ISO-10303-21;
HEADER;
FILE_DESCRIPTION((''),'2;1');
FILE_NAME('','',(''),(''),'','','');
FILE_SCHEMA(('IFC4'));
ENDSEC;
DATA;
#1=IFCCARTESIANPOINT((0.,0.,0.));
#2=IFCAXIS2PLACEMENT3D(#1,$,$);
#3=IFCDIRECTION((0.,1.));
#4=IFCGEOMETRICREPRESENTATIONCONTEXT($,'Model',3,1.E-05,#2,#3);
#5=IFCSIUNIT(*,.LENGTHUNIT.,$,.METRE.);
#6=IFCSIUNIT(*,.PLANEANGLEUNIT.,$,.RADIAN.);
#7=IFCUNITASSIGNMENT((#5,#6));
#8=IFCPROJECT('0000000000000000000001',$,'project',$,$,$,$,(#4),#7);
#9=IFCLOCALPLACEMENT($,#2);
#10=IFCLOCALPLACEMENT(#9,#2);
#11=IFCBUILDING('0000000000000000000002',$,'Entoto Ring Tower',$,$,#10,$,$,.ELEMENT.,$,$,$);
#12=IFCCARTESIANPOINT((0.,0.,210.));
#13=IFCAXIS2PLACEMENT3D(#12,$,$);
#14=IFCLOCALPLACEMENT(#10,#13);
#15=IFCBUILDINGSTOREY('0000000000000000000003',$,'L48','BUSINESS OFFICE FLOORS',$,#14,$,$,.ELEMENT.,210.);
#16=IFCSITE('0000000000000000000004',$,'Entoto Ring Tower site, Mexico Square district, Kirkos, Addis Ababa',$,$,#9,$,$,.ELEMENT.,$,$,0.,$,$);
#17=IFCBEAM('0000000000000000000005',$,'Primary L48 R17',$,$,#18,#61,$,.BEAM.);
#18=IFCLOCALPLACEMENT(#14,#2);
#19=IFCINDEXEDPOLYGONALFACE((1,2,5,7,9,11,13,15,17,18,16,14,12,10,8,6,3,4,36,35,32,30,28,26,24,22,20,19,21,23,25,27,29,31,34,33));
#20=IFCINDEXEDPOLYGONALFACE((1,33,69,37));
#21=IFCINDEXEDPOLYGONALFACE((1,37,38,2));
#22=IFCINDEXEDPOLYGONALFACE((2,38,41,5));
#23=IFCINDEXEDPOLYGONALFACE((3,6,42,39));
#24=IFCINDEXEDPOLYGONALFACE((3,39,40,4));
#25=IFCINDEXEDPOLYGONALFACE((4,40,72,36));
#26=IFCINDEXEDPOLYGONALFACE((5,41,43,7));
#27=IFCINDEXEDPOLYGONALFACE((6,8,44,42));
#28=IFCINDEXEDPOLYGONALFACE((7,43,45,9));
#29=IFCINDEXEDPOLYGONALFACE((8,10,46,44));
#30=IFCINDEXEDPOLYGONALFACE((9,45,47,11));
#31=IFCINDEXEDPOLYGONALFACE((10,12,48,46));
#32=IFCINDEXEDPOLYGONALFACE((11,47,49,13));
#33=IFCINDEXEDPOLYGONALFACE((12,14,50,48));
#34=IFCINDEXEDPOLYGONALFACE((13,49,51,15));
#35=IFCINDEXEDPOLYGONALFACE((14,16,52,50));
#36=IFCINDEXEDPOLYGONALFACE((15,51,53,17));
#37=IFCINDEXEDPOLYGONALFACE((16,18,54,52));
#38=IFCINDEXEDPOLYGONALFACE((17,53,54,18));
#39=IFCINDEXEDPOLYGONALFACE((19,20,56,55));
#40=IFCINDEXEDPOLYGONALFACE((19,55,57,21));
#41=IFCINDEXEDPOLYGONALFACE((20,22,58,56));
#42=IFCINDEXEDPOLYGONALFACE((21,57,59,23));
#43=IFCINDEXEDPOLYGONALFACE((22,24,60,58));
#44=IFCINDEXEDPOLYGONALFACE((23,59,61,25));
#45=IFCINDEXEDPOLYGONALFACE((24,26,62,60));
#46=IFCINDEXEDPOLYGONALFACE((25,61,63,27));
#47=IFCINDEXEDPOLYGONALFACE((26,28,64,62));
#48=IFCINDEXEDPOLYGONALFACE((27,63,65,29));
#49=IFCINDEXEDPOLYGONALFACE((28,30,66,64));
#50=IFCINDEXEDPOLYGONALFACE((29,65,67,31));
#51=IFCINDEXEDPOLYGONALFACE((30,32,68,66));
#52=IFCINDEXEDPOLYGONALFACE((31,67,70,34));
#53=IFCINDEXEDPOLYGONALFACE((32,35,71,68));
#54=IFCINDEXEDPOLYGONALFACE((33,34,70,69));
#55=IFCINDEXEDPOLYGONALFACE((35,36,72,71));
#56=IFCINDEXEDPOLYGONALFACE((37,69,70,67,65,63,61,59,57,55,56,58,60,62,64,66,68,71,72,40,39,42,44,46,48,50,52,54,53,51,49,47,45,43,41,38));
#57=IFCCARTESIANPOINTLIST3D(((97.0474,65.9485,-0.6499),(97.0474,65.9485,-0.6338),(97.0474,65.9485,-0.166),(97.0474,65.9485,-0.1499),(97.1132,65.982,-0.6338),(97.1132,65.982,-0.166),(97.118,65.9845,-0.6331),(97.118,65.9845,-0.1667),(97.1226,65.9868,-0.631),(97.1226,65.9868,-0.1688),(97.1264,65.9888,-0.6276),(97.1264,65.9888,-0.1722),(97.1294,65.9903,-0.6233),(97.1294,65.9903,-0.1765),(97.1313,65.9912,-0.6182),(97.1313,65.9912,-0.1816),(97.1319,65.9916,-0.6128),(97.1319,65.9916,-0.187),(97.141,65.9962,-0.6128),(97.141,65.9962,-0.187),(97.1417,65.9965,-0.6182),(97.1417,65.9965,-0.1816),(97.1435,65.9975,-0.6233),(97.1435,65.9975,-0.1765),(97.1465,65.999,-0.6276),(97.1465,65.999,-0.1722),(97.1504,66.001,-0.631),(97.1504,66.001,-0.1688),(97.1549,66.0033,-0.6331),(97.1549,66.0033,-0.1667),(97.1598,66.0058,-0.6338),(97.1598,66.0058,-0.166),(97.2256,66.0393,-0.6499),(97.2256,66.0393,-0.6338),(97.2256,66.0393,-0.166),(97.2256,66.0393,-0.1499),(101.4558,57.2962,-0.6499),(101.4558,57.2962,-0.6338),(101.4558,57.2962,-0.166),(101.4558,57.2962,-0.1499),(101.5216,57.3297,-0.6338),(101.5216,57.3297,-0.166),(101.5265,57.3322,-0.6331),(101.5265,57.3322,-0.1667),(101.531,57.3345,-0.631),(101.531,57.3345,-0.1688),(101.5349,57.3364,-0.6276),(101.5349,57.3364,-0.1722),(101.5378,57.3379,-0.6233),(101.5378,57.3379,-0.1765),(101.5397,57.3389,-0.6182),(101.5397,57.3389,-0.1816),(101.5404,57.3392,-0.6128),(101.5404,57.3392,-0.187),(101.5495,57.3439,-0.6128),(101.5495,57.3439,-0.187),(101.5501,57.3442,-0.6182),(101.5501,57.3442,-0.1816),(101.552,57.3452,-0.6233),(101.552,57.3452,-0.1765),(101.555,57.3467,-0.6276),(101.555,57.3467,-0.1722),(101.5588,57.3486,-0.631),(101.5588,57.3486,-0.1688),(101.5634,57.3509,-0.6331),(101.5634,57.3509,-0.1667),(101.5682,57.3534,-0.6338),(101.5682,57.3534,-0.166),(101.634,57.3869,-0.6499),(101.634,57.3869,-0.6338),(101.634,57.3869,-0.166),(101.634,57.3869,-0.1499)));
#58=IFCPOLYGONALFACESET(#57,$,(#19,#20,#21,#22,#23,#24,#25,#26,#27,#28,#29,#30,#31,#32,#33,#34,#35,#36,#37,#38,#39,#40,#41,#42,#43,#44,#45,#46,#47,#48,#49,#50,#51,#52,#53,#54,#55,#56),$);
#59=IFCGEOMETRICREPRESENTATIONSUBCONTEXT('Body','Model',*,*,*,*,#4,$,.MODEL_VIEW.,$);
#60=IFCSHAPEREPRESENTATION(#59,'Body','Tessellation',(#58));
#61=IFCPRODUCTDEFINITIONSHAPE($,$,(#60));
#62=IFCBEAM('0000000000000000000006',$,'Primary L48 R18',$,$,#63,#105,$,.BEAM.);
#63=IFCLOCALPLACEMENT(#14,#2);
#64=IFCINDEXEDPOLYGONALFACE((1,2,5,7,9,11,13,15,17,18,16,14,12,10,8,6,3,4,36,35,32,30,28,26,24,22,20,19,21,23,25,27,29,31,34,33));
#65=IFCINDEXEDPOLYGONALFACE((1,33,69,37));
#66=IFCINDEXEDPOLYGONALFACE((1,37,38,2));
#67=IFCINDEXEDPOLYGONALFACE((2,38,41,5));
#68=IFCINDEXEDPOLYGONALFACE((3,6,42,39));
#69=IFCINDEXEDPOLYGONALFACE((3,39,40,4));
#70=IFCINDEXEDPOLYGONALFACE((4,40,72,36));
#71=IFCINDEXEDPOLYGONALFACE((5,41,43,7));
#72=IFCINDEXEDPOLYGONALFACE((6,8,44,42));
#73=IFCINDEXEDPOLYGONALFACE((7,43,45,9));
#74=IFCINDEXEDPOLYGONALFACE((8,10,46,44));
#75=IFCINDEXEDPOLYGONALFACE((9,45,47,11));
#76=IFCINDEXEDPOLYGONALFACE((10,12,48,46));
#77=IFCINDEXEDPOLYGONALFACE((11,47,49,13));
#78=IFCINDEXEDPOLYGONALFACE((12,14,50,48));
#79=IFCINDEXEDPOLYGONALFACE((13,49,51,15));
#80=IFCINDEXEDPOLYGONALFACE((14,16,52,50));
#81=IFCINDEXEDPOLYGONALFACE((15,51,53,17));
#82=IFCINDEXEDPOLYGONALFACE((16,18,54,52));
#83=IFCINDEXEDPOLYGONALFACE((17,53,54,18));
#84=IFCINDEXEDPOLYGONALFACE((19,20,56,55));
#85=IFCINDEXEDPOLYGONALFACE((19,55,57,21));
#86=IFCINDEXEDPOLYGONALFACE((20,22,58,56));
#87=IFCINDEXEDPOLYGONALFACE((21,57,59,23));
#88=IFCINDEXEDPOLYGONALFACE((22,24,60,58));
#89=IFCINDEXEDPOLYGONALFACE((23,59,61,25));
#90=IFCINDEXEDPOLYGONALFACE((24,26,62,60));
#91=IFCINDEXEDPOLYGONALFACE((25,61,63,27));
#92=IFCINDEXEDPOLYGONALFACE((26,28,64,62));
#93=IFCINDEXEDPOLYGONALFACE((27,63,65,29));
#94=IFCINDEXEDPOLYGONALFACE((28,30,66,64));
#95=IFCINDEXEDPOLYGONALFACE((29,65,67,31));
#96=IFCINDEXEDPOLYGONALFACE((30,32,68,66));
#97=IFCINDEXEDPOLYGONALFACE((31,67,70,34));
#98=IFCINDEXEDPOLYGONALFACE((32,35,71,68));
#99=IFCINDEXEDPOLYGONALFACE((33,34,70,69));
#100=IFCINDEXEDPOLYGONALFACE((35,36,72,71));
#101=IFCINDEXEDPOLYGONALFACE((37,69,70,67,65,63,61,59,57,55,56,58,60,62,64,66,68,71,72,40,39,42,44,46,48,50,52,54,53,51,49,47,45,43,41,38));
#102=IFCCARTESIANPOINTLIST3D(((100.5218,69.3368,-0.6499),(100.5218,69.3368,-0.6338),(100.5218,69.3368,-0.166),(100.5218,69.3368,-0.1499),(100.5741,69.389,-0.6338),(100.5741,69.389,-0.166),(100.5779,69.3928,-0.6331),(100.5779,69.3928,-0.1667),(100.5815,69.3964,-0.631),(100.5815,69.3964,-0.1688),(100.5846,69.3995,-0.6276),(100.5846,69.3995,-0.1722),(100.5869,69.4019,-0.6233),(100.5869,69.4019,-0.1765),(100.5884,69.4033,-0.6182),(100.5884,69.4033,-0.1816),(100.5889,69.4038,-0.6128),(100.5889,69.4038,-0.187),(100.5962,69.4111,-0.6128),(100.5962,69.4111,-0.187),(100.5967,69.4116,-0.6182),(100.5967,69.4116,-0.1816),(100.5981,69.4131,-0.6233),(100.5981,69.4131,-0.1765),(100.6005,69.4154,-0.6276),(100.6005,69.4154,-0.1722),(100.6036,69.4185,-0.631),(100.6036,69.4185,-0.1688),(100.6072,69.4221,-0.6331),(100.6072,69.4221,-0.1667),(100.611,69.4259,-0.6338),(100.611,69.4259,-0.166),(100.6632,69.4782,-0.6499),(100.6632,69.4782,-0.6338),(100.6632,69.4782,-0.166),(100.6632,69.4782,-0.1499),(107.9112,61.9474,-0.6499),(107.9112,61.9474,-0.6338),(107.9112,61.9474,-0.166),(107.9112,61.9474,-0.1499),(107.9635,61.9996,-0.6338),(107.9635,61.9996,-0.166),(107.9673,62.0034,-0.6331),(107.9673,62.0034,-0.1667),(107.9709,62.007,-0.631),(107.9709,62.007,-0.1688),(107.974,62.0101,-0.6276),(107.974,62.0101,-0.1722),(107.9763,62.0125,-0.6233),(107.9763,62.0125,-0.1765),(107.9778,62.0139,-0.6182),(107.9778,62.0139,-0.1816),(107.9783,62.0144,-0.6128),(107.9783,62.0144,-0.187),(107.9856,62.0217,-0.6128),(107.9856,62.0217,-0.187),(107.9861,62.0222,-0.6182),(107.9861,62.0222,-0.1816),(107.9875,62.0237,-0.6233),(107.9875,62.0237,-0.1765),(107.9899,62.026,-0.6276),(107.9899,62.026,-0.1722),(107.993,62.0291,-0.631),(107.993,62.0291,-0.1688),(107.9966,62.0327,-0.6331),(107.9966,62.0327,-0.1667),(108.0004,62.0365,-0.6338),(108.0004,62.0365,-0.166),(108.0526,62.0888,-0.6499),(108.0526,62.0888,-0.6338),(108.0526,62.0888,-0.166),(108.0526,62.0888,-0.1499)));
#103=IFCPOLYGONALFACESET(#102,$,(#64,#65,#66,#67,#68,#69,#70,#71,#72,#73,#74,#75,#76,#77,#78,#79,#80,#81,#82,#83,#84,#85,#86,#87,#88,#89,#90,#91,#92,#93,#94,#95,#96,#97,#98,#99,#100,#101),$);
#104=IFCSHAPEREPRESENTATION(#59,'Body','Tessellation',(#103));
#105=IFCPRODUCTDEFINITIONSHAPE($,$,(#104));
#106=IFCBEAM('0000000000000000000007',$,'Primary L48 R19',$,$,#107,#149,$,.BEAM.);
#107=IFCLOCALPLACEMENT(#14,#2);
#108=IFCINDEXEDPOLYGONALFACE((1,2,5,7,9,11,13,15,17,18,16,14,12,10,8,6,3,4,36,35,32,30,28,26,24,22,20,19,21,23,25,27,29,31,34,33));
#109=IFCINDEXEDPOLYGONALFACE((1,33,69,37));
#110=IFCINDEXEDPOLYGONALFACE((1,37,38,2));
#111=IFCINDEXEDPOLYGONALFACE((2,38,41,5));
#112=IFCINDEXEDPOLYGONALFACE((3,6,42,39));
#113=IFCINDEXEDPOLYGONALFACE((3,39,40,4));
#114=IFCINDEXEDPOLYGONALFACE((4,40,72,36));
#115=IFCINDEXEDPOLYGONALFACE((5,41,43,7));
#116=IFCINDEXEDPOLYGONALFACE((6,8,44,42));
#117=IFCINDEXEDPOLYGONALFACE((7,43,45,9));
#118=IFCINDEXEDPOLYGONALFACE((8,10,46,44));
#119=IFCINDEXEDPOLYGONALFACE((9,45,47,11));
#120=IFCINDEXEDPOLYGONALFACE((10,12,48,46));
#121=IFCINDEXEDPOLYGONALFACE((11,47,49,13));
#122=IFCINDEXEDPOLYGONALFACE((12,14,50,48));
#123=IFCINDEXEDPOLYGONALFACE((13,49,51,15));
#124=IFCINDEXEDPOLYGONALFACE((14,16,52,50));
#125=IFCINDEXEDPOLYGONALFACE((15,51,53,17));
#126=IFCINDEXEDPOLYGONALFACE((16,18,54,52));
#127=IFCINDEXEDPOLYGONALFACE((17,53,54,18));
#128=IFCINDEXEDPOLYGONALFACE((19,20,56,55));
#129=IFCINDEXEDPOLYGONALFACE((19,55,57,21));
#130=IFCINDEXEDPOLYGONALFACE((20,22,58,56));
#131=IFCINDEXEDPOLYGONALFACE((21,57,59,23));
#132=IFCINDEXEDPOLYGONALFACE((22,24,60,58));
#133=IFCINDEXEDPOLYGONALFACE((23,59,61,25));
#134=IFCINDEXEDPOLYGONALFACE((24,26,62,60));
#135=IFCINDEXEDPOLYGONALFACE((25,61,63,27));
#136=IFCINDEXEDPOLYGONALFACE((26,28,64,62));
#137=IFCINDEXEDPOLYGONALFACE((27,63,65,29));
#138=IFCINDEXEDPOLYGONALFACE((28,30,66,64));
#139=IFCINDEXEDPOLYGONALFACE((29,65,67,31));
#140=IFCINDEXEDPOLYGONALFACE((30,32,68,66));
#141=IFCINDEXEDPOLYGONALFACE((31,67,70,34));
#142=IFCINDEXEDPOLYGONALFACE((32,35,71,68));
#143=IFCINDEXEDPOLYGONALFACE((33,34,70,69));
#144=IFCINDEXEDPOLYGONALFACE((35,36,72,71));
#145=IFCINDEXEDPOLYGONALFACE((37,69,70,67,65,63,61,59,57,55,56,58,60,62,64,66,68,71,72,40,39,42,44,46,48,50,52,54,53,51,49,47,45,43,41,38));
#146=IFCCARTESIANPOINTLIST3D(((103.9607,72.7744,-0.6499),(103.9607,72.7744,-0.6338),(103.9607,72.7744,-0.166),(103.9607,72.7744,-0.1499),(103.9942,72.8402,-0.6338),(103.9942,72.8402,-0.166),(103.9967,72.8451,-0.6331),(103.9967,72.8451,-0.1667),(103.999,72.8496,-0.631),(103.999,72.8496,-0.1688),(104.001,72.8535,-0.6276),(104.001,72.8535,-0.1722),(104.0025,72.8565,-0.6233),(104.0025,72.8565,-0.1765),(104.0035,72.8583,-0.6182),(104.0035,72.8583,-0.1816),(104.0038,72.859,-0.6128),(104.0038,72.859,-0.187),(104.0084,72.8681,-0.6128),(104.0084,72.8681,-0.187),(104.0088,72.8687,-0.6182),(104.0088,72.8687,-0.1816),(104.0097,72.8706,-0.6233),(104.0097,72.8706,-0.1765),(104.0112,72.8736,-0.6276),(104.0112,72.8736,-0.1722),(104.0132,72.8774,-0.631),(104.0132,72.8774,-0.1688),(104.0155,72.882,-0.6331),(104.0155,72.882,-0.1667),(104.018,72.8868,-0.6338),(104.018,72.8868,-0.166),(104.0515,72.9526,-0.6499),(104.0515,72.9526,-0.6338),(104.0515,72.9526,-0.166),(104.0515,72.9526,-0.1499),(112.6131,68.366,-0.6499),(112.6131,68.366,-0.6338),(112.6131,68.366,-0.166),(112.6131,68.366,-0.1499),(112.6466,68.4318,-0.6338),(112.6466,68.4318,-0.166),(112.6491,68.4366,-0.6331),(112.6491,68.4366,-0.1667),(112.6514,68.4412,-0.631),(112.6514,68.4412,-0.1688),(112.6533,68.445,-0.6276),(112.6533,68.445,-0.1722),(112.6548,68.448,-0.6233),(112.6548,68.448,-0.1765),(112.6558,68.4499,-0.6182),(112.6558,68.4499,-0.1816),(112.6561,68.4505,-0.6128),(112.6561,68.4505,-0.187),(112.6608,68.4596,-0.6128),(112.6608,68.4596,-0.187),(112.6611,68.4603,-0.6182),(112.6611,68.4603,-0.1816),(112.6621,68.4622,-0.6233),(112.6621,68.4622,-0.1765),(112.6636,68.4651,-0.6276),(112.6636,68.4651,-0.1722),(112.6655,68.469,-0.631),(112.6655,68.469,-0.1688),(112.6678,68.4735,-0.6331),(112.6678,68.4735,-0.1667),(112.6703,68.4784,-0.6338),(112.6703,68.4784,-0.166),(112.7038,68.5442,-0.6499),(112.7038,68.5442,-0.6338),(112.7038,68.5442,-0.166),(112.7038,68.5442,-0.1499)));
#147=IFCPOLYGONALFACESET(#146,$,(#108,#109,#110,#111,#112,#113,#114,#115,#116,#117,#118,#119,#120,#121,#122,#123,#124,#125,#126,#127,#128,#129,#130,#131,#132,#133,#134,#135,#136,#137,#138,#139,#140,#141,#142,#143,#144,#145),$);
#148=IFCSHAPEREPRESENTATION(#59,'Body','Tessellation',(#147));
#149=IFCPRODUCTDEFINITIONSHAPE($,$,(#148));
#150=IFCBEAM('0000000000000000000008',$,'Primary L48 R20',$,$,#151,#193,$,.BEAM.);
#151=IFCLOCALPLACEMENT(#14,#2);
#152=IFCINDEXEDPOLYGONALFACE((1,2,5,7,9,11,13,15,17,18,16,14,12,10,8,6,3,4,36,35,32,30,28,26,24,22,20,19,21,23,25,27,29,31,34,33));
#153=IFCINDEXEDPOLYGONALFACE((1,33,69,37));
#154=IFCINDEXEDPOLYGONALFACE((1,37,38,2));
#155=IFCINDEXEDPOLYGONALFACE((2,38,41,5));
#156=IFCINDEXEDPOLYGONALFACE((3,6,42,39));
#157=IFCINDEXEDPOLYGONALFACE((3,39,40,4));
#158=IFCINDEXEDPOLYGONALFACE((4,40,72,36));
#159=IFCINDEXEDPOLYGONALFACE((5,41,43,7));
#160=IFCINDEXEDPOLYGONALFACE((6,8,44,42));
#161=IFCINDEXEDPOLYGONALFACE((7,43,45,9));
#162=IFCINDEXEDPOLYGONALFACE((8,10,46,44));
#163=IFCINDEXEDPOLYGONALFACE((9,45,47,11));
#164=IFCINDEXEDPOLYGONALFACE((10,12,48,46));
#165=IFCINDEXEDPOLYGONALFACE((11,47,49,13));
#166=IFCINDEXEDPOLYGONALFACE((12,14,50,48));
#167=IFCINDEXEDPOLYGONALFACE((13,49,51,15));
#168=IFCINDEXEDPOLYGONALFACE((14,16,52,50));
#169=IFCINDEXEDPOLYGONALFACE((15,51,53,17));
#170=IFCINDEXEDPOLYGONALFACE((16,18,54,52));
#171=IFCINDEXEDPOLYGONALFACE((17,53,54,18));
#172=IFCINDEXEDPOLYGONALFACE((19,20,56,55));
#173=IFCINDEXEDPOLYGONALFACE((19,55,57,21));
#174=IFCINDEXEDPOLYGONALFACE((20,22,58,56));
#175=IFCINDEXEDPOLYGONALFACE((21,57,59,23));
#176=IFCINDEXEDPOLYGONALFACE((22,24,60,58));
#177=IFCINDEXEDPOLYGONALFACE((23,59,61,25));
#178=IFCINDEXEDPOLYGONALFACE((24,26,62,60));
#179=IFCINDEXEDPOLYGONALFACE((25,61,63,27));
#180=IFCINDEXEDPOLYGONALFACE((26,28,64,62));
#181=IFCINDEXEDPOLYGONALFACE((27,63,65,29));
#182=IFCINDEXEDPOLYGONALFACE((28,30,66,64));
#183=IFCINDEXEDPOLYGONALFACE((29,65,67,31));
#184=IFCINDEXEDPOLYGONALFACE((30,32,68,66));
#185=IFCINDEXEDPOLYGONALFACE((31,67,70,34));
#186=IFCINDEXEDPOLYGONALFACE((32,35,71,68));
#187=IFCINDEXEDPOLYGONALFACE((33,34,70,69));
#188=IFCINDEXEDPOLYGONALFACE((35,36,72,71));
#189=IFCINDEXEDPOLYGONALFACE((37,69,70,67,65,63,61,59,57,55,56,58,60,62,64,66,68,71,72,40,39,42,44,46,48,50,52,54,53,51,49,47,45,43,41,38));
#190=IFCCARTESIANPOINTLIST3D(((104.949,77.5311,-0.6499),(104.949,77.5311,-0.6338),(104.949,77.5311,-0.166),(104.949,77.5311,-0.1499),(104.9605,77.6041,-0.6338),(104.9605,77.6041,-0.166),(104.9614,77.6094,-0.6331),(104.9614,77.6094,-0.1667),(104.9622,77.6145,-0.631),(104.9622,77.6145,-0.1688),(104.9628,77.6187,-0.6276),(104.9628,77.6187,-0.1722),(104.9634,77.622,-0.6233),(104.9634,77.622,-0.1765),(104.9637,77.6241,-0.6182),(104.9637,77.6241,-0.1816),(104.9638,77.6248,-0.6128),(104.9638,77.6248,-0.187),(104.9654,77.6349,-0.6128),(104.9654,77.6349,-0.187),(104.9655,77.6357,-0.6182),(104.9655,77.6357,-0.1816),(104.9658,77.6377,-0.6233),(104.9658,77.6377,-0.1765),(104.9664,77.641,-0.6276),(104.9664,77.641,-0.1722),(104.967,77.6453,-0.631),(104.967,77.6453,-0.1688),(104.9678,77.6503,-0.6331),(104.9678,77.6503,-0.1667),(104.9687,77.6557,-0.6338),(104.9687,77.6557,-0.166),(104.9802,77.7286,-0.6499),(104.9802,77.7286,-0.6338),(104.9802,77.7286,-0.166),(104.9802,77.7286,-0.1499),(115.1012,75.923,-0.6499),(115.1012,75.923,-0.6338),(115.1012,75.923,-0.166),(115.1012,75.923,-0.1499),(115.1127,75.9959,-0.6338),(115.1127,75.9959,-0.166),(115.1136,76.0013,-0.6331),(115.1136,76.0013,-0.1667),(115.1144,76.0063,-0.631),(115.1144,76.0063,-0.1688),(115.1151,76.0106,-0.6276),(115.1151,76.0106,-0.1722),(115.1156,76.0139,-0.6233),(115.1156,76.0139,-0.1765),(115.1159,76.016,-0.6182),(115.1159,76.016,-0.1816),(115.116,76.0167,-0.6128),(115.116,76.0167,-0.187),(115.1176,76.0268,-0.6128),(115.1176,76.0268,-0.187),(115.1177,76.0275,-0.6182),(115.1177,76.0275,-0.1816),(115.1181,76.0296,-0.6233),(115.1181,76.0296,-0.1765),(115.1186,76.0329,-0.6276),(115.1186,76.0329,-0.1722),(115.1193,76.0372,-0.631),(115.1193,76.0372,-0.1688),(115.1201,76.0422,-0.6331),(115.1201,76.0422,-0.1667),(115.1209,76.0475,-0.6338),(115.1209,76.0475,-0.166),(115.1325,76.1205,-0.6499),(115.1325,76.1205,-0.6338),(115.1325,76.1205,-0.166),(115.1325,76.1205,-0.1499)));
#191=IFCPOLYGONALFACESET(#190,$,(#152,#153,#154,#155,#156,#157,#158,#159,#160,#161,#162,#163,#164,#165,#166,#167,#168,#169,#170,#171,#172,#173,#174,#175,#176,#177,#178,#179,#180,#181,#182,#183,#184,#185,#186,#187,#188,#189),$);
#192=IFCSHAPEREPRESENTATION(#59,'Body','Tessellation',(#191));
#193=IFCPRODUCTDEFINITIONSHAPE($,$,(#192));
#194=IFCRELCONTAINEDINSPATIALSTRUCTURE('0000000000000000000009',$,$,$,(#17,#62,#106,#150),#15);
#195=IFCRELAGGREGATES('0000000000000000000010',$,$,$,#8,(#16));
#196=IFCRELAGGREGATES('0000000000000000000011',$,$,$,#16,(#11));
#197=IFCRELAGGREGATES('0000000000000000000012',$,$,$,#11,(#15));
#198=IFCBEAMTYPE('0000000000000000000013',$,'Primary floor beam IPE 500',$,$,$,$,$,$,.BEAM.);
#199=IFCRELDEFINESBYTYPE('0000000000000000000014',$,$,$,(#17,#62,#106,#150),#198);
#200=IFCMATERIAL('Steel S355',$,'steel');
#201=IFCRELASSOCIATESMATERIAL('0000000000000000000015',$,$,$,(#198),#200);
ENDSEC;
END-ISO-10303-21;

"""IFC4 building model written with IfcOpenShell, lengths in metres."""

from ifc_helpers import new_model, si_unit, direction, frame, origin, origin_2d, place, context, subcontext, project, spatial, i_section, extrude, material, material_profile, profile_set, type_object, element, save


model = new_model("IFC4")

# Units and contexts
model_context = context("Model", 3, precision=1e-05, world=origin(), true_north=direction((0.0, 1.0)))
body_context = subcontext(model_context, "Body", "Model", "MODEL_VIEW")
ifc_project = project(units=[si_unit("LENGTHUNIT", "METRE"), si_unit("PLANEANGLEUNIT", "RADIAN")], contexts=[model_context])

# Site, building, storey
site_placement = place(None, origin())
site = spatial("IfcSite", under=ifc_project, at=site_placement, Name="Entoto Ring Tower site, Mexico Square district, Kirkos, Addis Ababa", CompositionType="ELEMENT", RefElevation=0.0)
building_placement = place(site_placement, origin())
building = spatial("IfcBuilding", under=site, at=building_placement, Name="Entoto Ring Tower", CompositionType="ELEMENT")
storey_placement = place(building_placement, frame((0.0, 0.0, 210.0)))
storey = spatial("IfcBuildingStorey", under=building, at=storey_placement, Name="L48", Description="BUSINESS OFFICE FLOORS", CompositionType="ELEMENT", Elevation=210.0)

# Beams
ifc_material_1 = material(Name="Steel S355", Category="steel")
ifc_material_profile_1 = material_profile(ifc_material_1, i_section(OverallWidth=0.2, OverallDepth=0.5, WebThickness=0.0103, FlangeThickness=0.0161, FilletRadius=0.021, at=origin_2d()), Name="IPE 500")
ifc_profile_set_1 = profile_set([ifc_material_profile_1], Name="Steel S355")
beam_type_1 = type_object("IfcBeamType", Name="Primary floor beam IPE 500", PredefinedType="BEAM", material=ifc_profile_set_1)
beam_1_placement = place(storey_placement, frame((97.1365, 65.9939, -0.3999), z_axis=(0.453979, -0.891012, 0.0), x_axis=(0.891012, 0.453979, 0.0)))
element("IfcBeam", 1, at=beam_1_placement, inside=storey, type_object=beam_type_1, Name="Primary L48 R17", PredefinedType="BEAM", context=body_context, shape_type="SweptSolid", body=[
    extrude(i_section(OverallWidth=0.2, OverallDepth=0.5, WebThickness=0.0103, FlangeThickness=0.0161, FilletRadius=0.021, at=origin_2d()), origin(), (0.0, 0.0, 1.0), 9.7107),
])
beam_2_placement = place(storey_placement, frame((100.5925, 69.4075, -0.3999), z_axis=(0.707107, -0.707107, 0.0), x_axis=(0.707107, 0.707107, 0.0)))
element("IfcBeam", 2, at=beam_2_placement, inside=storey, type_object=beam_type_1, Name="Primary L48 R18", PredefinedType="BEAM", context=body_context, shape_type="SweptSolid", body=[
    extrude(i_section(OverallWidth=0.2, OverallDepth=0.5, WebThickness=0.0103, FlangeThickness=0.0161, FilletRadius=0.021, at=origin_2d()), origin(), (0.0, 0.0, 1.0), 10.4502),
])
beam_3_placement = place(storey_placement, frame((104.0061, 72.8635, -0.3999), z_axis=(0.891012, -0.453979, 0.0), x_axis=(0.453979, 0.891012, 0.0)))
element("IfcBeam", 3, at=beam_3_placement, inside=storey, type_object=beam_type_1, Name="Primary L48 R19", PredefinedType="BEAM", context=body_context, shape_type="SweptSolid", body=[
    extrude(i_section(OverallWidth=0.2, OverallDepth=0.5, WebThickness=0.0103, FlangeThickness=0.0161, FilletRadius=0.021, at=origin_2d()), origin(), (0.0, 0.0, 1.0), 9.7107),
])
beam_4_placement = place(storey_placement, frame((104.9646, 77.6299, -0.3999), z_axis=(0.987686, -0.156452, 0.0), x_axis=(0.156452, 0.987686, 0.0)))
element("IfcBeam", 4, at=beam_4_placement, inside=storey, type_object=beam_type_1, Name="Primary L48 R20", PredefinedType="BEAM", context=body_context, shape_type="SweptSolid", body=[
    extrude(i_section(OverallWidth=0.2, OverallDepth=0.5, WebThickness=0.0103, FlangeThickness=0.0161, FilletRadius=0.021, at=origin_2d()), origin(), (0.0, 0.0, 1.0), 10.2788),
])

save(model, "model.ifc")
